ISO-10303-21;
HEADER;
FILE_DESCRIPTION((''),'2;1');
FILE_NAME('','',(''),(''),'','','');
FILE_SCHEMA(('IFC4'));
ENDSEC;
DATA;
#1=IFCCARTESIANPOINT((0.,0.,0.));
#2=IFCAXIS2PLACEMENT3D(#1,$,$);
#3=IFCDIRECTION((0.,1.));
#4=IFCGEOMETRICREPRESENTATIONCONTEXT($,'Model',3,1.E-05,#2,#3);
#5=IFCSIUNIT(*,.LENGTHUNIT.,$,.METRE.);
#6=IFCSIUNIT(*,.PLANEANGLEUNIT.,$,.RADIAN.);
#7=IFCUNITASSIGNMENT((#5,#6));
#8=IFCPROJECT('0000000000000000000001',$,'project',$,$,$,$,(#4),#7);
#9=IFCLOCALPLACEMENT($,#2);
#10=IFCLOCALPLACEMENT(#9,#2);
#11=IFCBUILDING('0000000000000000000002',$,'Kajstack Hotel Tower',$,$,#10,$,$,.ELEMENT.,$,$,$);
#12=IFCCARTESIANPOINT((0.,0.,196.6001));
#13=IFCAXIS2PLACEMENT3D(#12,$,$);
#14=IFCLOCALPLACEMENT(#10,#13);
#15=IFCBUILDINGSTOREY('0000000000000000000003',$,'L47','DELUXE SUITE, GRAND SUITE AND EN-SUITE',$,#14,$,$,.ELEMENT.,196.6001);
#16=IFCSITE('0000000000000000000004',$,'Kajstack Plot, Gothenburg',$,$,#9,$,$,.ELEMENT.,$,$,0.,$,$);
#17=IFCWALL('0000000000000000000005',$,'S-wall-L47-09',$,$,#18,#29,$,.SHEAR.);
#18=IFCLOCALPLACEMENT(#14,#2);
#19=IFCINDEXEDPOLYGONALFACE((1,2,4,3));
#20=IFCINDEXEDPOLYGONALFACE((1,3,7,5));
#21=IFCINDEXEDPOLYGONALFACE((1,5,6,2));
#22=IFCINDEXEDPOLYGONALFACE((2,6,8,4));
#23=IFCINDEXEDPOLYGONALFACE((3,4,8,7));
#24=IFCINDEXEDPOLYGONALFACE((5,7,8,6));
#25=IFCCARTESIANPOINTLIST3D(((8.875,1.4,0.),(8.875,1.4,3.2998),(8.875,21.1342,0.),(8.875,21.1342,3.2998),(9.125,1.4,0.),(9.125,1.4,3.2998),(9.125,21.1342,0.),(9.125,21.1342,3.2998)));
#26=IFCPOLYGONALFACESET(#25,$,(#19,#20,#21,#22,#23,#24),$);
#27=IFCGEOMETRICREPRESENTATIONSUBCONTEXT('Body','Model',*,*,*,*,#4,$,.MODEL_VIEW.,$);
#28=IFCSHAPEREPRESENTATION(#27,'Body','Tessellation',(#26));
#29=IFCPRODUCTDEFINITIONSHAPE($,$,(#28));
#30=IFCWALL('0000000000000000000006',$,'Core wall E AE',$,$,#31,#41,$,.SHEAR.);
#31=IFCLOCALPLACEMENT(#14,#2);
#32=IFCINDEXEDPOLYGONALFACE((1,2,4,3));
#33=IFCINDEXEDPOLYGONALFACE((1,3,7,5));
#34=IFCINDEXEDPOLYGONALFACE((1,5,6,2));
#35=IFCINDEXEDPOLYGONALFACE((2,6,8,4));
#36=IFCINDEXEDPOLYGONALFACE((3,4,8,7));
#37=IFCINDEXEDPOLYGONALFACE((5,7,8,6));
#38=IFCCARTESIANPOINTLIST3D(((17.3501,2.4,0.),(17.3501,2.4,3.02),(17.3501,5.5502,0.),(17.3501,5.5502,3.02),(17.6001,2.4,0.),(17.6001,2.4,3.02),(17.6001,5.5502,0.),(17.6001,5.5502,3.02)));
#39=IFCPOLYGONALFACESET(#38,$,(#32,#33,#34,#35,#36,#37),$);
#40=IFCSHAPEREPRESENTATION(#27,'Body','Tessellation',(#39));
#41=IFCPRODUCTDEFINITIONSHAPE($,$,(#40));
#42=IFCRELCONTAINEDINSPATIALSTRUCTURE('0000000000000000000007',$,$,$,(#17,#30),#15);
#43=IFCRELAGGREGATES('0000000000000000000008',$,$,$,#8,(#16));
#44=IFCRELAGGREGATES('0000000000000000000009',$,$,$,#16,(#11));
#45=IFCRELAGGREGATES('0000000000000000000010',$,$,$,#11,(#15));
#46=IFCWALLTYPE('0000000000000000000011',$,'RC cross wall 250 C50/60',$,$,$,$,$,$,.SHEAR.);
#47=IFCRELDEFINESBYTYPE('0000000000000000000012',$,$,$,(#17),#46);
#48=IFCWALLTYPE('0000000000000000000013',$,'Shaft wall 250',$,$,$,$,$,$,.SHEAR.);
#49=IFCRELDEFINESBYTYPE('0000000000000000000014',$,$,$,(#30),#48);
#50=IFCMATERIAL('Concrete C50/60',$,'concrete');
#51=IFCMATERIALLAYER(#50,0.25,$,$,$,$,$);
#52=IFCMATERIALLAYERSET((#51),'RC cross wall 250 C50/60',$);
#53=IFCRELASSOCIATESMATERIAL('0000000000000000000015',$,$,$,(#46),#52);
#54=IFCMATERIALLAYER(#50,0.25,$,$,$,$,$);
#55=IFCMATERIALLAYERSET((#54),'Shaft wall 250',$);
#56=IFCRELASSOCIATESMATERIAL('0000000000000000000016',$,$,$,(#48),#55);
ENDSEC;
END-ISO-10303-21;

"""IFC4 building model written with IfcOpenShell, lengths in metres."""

from ifc_helpers import new_model, si_unit, direction, frame, frame_2d, origin, place, context, subcontext, project, spatial, rectangle, extrude, material, layer, layer_set, type_object, element, save


model = new_model("IFC4")

# Units and contexts
model_context = context("Model", 3, precision=1e-05, world=origin(), true_north=direction((0.0, 1.0)))
body_context = subcontext(model_context, "Body", "Model", "MODEL_VIEW")
ifc_project = project(units=[si_unit("LENGTHUNIT", "METRE"), si_unit("PLANEANGLEUNIT", "RADIAN")], contexts=[model_context])

# Site, building, storey
site_placement = place(None, origin())
site = spatial("IfcSite", under=ifc_project, at=site_placement, Name="Kajstack Plot, Gothenburg", CompositionType="ELEMENT", RefElevation=0.0)
building_placement = place(site_placement, origin())
building = spatial("IfcBuilding", under=site, at=building_placement, Name="Kajstack Hotel Tower", CompositionType="ELEMENT")
storey_placement = place(building_placement, frame((0.0, 0.0, 196.6001)))
storey = spatial("IfcBuildingStorey", under=building, at=storey_placement, Name="L47", Description="DELUXE SUITE, GRAND SUITE AND EN-SUITE", CompositionType="ELEMENT", Elevation=196.6001)

# Walls
ifc_material_1 = material(Name="Concrete C50/60", Category="concrete")
ifc_layer_1 = layer(ifc_material_1, 0.25)
ifc_layer_set_1 = layer_set([ifc_layer_1], Name="RC cross wall 250 C50/60")
wall_type_1 = type_object("IfcWallType", Name="RC cross wall 250 C50/60", PredefinedType="SHEAR", material=ifc_layer_set_1)
wall_1_placement = place(storey_placement, frame((9.0, 1.3999, 0.0), z_axis=(0.0, 0.0, 1.0), x_axis=(0.0, 1.0, 0.0)))
element("IfcWall", 1, at=wall_1_placement, inside=storey, type_object=wall_type_1, Name="S-wall-L47-09", PredefinedType="SHEAR", context=body_context, shape_type="SweptSolid", body=[
    extrude(rectangle(XDim=19.7341, YDim=0.25, at=frame_2d((9.8672, 0.0))), origin(), (0.0, 0.0, 1.0), 3.2998),
])
ifc_layer_2 = layer(ifc_material_1, 0.25)
ifc_layer_set_2 = layer_set([ifc_layer_2], Name="Shaft wall 250")
wall_type_2 = type_object("IfcWallType", Name="Shaft wall 250", PredefinedType="SHEAR", material=ifc_layer_set_2)
wall_2_placement = place(storey_placement, frame((17.4751, 2.3999, 0.0), z_axis=(0.0, 0.0, 1.0), x_axis=(0.0, 1.0, 0.0)))
element("IfcWall", 2, at=wall_2_placement, inside=storey, type_object=wall_type_2, Name="Core wall E AE", PredefinedType="SHEAR", context=body_context, shape_type="SweptSolid", body=[
    extrude(rectangle(XDim=3.1501, YDim=0.25, at=frame_2d((1.5752, 0.0))), origin(), (0.0, 0.0, 1.0), 3.02),
])

save(model, "model.ifc")
